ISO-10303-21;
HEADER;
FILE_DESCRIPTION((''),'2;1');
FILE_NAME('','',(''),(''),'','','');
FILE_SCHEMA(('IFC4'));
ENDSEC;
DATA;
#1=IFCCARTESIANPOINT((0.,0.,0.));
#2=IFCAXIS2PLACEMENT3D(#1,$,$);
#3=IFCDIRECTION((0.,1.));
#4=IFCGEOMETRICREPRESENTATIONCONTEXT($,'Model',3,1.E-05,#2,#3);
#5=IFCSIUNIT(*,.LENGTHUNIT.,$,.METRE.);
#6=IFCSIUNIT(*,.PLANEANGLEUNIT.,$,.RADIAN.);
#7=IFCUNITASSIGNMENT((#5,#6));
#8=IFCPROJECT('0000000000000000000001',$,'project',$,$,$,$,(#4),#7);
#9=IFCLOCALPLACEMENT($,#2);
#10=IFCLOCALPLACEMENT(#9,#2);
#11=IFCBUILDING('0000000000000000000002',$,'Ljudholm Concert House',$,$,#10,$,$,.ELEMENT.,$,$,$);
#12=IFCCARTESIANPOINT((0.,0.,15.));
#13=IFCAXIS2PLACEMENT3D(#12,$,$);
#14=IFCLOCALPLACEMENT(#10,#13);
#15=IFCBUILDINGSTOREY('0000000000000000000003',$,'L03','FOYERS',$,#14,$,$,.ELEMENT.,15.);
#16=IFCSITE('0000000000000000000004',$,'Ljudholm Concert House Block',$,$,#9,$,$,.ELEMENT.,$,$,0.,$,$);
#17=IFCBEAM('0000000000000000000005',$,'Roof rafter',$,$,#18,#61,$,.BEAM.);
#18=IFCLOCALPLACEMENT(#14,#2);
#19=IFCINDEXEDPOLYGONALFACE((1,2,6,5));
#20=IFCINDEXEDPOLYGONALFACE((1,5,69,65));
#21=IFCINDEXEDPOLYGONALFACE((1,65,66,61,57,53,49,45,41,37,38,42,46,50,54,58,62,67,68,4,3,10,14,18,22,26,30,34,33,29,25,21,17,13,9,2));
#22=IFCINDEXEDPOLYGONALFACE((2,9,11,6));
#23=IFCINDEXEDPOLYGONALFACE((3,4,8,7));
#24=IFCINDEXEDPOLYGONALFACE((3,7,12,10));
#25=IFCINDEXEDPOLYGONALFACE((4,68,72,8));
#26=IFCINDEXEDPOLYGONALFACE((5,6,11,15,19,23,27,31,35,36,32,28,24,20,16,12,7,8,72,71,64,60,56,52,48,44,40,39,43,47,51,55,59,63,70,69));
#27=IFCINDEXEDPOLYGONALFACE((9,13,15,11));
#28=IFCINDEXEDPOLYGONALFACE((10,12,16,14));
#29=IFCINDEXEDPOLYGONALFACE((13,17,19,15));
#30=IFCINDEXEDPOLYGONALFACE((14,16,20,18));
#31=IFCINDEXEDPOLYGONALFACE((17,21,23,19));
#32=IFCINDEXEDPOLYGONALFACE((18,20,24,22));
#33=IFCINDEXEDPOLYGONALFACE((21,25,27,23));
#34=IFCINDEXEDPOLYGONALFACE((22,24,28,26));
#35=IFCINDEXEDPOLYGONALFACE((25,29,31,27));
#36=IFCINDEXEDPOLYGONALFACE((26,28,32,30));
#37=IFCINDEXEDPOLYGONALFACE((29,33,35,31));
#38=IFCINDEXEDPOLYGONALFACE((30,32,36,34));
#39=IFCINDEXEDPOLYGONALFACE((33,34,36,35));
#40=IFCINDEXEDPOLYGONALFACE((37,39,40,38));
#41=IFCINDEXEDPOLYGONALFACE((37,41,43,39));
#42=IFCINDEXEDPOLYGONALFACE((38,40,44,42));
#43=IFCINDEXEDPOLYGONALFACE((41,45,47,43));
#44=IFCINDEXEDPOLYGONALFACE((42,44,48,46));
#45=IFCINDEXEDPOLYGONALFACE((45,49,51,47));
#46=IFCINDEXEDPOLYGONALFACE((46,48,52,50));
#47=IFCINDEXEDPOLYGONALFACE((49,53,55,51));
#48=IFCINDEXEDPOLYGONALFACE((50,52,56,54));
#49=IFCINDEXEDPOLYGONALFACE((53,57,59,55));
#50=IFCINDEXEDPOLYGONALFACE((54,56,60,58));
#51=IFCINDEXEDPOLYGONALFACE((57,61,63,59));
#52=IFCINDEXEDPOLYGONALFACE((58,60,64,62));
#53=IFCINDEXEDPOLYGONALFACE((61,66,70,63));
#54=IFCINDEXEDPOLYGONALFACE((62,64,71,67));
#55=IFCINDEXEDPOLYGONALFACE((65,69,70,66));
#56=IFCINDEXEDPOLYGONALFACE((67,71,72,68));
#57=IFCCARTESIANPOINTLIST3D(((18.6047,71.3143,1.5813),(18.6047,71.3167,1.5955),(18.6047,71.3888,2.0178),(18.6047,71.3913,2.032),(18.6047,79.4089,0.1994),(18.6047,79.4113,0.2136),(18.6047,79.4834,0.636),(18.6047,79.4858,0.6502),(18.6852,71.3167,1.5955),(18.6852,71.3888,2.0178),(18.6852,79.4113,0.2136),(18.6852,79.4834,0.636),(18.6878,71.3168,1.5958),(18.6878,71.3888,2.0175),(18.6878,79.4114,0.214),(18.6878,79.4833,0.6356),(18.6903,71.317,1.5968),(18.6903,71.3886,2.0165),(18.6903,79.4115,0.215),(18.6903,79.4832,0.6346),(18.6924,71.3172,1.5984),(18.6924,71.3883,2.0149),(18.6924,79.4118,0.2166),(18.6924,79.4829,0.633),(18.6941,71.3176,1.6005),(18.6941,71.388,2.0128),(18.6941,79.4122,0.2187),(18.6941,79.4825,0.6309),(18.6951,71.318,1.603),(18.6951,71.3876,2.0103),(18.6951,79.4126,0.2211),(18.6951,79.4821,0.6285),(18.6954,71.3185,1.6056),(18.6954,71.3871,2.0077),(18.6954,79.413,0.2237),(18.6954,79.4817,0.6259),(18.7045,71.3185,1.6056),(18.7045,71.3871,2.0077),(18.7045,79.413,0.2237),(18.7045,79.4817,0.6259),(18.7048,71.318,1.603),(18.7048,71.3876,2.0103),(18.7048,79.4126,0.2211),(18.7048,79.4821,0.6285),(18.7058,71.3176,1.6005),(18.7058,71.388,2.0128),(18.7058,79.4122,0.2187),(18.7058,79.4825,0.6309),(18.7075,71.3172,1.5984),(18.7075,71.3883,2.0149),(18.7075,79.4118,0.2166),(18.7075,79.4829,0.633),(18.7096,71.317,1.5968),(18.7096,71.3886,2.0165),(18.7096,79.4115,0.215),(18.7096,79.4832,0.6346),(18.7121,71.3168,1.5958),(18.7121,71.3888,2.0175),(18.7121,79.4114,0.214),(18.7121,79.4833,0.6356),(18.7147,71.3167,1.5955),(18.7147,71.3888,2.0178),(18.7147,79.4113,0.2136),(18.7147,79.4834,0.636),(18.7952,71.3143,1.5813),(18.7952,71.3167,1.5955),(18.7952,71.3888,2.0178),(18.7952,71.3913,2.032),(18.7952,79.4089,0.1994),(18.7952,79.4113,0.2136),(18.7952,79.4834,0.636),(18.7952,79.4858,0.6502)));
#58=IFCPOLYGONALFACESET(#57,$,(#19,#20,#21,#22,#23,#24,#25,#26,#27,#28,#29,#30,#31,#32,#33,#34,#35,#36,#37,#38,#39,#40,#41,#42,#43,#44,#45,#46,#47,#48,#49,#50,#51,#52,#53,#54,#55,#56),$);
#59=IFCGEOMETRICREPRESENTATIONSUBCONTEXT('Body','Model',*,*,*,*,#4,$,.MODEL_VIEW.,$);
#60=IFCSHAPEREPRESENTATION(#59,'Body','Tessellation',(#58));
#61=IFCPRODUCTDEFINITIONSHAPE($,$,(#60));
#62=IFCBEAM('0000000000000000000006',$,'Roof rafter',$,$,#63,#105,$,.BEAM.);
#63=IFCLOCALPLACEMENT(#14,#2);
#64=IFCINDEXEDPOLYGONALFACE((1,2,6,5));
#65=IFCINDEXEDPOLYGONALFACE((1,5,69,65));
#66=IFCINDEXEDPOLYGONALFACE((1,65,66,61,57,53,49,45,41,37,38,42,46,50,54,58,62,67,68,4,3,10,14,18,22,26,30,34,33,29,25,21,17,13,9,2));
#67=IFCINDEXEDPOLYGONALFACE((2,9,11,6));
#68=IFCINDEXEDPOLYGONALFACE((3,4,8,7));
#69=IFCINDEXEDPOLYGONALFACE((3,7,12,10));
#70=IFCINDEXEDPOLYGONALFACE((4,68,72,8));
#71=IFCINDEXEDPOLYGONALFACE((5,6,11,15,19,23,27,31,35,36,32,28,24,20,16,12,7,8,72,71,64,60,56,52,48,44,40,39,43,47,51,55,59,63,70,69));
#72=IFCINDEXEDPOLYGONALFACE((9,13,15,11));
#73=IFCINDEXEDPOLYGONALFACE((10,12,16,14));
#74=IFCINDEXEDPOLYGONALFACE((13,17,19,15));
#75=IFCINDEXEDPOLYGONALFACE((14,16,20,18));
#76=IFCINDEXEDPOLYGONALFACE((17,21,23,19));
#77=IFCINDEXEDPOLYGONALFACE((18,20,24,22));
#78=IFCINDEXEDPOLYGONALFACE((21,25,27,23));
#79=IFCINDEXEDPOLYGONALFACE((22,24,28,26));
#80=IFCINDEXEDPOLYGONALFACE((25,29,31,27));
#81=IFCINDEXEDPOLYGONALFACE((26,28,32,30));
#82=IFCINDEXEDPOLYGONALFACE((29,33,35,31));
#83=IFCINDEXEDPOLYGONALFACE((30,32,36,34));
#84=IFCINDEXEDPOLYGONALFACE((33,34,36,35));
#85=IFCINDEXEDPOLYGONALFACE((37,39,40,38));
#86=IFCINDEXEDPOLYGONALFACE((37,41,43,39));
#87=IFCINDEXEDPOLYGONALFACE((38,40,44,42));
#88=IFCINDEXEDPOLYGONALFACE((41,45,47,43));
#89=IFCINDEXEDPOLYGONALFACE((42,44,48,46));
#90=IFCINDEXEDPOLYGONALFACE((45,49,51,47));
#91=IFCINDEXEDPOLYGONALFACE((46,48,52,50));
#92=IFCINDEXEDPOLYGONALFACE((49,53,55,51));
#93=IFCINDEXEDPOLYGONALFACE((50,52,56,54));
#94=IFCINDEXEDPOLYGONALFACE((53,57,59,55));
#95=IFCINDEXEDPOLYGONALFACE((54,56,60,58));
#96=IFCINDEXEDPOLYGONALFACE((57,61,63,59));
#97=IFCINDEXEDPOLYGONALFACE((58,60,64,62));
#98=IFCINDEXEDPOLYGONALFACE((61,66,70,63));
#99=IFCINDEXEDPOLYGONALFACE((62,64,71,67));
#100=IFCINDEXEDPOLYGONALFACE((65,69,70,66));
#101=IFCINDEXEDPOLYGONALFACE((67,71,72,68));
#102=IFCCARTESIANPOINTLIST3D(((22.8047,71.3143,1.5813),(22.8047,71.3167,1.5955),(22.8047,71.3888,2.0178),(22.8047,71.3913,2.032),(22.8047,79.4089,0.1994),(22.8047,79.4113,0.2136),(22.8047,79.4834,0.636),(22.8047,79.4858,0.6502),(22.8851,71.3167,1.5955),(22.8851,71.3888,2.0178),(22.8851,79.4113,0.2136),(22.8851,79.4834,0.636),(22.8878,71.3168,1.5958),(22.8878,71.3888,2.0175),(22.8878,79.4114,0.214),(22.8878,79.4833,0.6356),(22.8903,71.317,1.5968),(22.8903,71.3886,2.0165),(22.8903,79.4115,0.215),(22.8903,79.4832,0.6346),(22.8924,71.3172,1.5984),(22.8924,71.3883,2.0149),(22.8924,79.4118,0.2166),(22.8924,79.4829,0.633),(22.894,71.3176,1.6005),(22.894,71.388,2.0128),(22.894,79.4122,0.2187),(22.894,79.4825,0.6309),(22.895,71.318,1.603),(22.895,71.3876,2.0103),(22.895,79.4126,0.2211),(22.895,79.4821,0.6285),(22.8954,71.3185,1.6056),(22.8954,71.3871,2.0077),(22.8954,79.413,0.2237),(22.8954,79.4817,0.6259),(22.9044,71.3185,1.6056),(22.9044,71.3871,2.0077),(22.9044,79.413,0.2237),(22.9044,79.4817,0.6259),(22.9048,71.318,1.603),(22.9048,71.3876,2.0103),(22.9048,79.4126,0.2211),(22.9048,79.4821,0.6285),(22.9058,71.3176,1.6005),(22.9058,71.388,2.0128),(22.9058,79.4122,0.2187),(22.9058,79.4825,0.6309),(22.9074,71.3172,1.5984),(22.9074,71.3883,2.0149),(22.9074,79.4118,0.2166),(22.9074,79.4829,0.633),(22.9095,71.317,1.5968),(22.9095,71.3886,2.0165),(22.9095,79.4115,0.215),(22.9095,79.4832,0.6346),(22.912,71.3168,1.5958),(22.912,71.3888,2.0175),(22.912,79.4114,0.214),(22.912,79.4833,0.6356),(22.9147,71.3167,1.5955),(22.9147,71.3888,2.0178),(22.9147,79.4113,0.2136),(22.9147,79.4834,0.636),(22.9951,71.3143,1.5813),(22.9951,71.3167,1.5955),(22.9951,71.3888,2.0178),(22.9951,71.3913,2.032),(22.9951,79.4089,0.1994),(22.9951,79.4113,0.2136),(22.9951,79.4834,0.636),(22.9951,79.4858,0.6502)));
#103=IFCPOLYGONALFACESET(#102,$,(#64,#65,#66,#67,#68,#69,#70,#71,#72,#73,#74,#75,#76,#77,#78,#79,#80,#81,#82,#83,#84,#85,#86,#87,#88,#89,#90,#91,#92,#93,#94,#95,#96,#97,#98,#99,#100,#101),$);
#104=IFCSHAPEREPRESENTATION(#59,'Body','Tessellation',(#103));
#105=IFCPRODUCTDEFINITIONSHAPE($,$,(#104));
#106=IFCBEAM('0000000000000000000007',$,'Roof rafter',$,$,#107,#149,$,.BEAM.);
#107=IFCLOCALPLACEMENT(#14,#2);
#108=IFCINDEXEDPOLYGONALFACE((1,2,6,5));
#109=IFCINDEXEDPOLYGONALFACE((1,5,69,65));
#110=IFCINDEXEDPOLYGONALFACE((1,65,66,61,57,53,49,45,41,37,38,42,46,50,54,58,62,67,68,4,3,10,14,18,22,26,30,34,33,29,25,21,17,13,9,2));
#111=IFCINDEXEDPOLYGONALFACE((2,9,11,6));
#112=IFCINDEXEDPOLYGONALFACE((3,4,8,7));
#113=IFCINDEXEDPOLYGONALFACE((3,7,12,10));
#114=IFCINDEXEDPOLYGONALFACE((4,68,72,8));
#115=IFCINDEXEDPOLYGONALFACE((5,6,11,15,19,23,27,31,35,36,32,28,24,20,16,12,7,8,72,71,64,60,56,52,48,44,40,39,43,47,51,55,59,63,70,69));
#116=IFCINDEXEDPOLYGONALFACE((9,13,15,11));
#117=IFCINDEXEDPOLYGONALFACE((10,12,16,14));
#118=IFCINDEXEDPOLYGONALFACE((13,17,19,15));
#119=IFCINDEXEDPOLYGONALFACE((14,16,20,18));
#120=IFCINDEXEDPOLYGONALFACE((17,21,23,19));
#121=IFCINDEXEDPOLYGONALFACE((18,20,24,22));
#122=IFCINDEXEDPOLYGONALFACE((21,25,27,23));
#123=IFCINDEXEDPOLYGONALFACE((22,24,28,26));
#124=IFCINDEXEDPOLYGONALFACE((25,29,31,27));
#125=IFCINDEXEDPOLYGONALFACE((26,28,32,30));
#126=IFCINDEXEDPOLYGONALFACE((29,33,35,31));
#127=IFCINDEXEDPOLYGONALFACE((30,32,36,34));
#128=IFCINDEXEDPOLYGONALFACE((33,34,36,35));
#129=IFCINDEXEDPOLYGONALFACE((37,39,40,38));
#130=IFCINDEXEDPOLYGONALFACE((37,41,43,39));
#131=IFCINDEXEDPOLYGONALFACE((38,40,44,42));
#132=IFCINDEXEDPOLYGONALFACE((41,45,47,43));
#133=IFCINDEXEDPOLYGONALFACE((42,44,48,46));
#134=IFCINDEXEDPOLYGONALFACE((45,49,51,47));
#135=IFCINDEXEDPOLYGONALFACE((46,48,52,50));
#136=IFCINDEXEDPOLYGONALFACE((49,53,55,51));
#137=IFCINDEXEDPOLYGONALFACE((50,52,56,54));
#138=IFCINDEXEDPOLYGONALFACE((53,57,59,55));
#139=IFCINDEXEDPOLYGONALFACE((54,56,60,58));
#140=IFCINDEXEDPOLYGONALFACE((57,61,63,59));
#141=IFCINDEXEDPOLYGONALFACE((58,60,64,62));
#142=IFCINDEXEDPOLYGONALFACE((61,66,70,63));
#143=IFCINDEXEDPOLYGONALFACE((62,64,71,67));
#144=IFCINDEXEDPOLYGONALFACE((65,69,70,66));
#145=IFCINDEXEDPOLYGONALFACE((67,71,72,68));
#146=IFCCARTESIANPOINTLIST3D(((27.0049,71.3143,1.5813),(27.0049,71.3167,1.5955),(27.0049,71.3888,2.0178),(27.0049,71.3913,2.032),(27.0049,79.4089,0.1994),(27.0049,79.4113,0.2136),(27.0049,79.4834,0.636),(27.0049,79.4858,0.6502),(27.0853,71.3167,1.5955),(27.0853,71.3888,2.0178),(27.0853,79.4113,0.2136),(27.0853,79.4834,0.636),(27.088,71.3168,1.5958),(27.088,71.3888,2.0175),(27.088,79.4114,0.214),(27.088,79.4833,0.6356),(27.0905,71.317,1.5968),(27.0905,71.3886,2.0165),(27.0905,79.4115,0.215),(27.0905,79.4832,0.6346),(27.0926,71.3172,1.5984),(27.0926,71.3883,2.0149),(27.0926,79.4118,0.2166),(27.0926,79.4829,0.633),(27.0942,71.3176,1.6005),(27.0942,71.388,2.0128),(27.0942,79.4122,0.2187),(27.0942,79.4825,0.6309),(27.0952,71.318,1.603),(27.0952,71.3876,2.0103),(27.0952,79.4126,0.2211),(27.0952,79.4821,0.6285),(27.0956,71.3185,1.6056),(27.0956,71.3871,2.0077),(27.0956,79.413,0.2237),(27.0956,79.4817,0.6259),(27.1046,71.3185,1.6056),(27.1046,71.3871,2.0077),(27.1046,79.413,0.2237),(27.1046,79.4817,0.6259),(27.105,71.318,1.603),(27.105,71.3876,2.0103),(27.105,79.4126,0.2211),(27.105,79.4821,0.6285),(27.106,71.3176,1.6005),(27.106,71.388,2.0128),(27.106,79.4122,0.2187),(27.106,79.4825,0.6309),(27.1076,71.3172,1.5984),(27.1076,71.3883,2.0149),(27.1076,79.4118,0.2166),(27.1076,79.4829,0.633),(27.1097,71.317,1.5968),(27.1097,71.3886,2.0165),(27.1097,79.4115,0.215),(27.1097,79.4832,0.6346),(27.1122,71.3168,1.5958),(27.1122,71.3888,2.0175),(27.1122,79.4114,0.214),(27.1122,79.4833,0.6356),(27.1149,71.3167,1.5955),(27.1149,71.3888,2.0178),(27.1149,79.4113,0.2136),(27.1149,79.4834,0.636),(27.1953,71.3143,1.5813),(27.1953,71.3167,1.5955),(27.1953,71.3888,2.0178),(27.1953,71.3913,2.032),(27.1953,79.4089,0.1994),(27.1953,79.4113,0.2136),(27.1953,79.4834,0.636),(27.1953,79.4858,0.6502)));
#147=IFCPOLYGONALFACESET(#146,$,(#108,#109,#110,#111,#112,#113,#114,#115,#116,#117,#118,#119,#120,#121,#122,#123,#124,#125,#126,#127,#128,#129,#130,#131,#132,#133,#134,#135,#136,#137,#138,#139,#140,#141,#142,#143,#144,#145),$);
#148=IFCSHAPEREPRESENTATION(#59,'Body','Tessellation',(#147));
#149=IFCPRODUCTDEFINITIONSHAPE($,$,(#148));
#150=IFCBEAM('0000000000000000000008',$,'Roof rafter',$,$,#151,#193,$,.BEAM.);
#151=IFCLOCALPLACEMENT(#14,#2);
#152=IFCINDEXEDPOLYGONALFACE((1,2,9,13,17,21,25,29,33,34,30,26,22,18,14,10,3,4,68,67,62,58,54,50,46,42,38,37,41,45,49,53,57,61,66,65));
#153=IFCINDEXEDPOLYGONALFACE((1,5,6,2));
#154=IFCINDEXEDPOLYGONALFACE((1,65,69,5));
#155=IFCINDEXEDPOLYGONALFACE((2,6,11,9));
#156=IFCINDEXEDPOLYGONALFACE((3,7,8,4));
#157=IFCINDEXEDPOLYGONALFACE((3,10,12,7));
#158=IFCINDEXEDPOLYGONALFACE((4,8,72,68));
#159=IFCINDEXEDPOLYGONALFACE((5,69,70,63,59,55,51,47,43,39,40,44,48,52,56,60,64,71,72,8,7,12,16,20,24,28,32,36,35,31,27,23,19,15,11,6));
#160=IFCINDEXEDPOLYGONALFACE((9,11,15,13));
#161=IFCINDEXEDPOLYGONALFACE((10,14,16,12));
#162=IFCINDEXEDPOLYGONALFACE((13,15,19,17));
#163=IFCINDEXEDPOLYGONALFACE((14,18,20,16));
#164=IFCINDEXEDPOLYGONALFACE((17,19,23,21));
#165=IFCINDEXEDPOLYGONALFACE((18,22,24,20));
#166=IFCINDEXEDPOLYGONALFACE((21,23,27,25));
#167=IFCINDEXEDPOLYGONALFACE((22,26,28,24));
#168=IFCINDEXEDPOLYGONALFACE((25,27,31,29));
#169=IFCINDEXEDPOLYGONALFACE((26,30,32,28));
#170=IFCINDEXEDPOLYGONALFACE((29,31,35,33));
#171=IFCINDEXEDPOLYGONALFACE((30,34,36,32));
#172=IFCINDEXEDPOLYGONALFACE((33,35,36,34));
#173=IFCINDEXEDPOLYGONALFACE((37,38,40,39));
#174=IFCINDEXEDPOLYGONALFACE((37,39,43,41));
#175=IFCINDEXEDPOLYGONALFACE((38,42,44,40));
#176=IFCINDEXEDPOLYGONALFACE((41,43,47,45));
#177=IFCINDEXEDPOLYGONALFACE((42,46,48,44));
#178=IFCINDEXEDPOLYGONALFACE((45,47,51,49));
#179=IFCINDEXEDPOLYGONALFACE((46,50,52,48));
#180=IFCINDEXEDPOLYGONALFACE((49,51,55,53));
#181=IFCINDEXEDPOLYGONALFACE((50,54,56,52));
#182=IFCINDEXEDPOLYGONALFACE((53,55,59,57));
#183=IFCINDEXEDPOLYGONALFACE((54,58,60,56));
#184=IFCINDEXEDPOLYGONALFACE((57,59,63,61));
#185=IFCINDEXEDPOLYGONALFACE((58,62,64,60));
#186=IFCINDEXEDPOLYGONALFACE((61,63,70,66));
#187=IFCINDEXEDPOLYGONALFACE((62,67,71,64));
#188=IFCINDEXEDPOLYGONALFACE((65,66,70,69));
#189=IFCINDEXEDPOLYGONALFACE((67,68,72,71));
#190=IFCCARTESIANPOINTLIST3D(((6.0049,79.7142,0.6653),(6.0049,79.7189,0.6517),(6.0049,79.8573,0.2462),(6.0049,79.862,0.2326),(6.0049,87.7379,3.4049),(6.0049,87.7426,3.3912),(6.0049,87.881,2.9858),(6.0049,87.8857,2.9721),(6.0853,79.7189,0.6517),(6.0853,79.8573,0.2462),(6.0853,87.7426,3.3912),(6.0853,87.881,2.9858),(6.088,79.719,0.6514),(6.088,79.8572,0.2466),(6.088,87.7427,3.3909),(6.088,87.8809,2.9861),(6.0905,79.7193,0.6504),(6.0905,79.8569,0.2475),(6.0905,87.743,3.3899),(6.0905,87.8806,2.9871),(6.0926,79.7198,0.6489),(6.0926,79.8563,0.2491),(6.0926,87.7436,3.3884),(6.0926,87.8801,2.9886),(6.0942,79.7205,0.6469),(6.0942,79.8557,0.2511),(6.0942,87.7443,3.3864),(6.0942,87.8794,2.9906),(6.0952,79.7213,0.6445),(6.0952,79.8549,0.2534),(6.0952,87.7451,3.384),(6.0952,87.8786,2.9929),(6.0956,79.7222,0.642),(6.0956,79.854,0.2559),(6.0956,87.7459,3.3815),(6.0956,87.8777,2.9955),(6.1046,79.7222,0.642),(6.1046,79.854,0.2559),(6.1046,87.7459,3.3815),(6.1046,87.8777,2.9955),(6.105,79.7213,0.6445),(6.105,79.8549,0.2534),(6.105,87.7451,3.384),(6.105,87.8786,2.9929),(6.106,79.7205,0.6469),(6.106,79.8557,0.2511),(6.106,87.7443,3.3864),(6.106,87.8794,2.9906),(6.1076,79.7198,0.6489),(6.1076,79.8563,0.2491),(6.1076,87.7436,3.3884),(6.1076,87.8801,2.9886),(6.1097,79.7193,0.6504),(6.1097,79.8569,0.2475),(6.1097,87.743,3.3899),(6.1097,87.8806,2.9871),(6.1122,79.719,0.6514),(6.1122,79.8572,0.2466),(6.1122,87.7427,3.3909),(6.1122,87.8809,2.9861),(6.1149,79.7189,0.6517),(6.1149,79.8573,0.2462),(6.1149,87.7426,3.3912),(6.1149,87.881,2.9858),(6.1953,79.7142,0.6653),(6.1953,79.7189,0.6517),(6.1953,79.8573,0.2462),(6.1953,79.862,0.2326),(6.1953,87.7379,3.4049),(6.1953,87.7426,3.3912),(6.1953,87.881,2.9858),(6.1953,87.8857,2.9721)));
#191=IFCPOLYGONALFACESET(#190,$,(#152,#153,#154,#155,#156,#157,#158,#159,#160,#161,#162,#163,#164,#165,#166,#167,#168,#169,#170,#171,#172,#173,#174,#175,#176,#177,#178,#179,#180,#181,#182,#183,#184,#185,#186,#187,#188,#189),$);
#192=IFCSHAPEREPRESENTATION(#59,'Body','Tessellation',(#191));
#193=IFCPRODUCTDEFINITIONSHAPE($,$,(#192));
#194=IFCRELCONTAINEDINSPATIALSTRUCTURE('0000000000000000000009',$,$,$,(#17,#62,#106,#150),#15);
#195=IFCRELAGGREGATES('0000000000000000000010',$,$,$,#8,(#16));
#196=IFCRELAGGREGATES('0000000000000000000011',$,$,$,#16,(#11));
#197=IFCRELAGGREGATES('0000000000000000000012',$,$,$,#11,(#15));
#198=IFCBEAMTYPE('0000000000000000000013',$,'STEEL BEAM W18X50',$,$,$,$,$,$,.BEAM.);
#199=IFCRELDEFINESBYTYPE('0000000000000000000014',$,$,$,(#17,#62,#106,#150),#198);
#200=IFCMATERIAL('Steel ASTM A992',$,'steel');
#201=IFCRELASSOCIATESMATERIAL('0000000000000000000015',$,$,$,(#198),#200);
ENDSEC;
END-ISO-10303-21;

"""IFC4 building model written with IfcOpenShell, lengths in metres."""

from ifc_helpers import new_model, si_unit, direction, frame, origin, origin_2d, place, context, subcontext, project, spatial, i_section, extrude, material, material_profile, profile_set, type_object, element, save


model = new_model("IFC4")

# Units and contexts
model_context = context("Model", 3, precision=1e-05, world=origin(), true_north=direction((0.0, 1.0)))
body_context = subcontext(model_context, "Body", "Model", "MODEL_VIEW")
ifc_project = project(units=[si_unit("LENGTHUNIT", "METRE"), si_unit("PLANEANGLEUNIT", "RADIAN")], contexts=[model_context])

# Site, building, storey
site_placement = place(None, origin())
site = spatial("IfcSite", under=ifc_project, at=site_placement, Name="Ljudholm Concert House Block", CompositionType="ELEMENT", RefElevation=0.0)
building_placement = place(site_placement, origin())
building = spatial("IfcBuilding", under=site, at=building_placement, Name="Ljudholm Concert House", CompositionType="ELEMENT")
storey_placement = place(building_placement, frame((0.0, 0.0, 15.0)))
storey = spatial("IfcBuildingStorey", under=building, at=storey_placement, Name="L03", Description="FOYERS", CompositionType="ELEMENT", Elevation=15.0)

# Beams
ifc_material_1 = material(Name="Steel ASTM A992", Category="steel")
ifc_material_profile_1 = material_profile(ifc_material_1, i_section(OverallWidth=0.1904, OverallDepth=0.4573, WebThickness=0.009, FlangeThickness=0.0144, FilletRadius=0.0103, at=origin_2d()), Name="W18X50")
ifc_profile_set_1 = profile_set([ifc_material_profile_1], Name="Steel ASTM A992")
beam_type_1 = type_object("IfcBeamType", Name="STEEL BEAM W18X50", PredefinedType="BEAM", material=ifc_profile_set_1)
for number, where, z_axis, x_axis, name in (
    (1, (18.7, 71.3528, 1.8066), (0.0, 0.985739, -0.168279), (-1.0, 0.0, 0.0), "Roof rafter"),
    (2, (22.8999, 71.3528, 1.8066), (0.0, 0.985739, -0.168279), (-1.0, 0.0, 0.0), "Roof rafter"),
    (3, (27.1001, 71.3528, 1.8066), (0.0, 0.985739, -0.168279), (-1.0, 0.0, 0.0), "Roof rafter"),
):
    element("IfcBeam", number, at=place(storey_placement, frame(where, z_axis=z_axis, x_axis=x_axis)), inside=storey, type_object=beam_type_1, Name=name, PredefinedType="BEAM", context=body_context, shape_type="SweptSolid", body=[
        extrude(i_section(OverallWidth=0.1904, OverallDepth=0.4573, WebThickness=0.009, FlangeThickness=0.0144, FilletRadius=0.0103, at=origin_2d()), origin(), (0.0, 0.0, 1.0), 8.2117),
    ])
for number, where, z_axis, x_axis, name in (
    (4, (6.1001, 79.7881, 0.449), (0.0, 0.94636, 0.323113), (-1.0, 0.0, 0.0), "Roof rafter"),
):
    element("IfcBeam", number, at=place(storey_placement, frame(where, z_axis=z_axis, x_axis=x_axis)), inside=storey, type_object=beam_type_1, Name=name, PredefinedType="BEAM", context=body_context, shape_type="SweptSolid", body=[
        extrude(i_section(OverallWidth=0.1904, OverallDepth=0.4573, WebThickness=0.009, FlangeThickness=0.0144, FilletRadius=0.0103, at=origin_2d()), origin(), (0.0, 0.0, 1.0), 8.4785),
    ])

save(model, "model.ifc")
